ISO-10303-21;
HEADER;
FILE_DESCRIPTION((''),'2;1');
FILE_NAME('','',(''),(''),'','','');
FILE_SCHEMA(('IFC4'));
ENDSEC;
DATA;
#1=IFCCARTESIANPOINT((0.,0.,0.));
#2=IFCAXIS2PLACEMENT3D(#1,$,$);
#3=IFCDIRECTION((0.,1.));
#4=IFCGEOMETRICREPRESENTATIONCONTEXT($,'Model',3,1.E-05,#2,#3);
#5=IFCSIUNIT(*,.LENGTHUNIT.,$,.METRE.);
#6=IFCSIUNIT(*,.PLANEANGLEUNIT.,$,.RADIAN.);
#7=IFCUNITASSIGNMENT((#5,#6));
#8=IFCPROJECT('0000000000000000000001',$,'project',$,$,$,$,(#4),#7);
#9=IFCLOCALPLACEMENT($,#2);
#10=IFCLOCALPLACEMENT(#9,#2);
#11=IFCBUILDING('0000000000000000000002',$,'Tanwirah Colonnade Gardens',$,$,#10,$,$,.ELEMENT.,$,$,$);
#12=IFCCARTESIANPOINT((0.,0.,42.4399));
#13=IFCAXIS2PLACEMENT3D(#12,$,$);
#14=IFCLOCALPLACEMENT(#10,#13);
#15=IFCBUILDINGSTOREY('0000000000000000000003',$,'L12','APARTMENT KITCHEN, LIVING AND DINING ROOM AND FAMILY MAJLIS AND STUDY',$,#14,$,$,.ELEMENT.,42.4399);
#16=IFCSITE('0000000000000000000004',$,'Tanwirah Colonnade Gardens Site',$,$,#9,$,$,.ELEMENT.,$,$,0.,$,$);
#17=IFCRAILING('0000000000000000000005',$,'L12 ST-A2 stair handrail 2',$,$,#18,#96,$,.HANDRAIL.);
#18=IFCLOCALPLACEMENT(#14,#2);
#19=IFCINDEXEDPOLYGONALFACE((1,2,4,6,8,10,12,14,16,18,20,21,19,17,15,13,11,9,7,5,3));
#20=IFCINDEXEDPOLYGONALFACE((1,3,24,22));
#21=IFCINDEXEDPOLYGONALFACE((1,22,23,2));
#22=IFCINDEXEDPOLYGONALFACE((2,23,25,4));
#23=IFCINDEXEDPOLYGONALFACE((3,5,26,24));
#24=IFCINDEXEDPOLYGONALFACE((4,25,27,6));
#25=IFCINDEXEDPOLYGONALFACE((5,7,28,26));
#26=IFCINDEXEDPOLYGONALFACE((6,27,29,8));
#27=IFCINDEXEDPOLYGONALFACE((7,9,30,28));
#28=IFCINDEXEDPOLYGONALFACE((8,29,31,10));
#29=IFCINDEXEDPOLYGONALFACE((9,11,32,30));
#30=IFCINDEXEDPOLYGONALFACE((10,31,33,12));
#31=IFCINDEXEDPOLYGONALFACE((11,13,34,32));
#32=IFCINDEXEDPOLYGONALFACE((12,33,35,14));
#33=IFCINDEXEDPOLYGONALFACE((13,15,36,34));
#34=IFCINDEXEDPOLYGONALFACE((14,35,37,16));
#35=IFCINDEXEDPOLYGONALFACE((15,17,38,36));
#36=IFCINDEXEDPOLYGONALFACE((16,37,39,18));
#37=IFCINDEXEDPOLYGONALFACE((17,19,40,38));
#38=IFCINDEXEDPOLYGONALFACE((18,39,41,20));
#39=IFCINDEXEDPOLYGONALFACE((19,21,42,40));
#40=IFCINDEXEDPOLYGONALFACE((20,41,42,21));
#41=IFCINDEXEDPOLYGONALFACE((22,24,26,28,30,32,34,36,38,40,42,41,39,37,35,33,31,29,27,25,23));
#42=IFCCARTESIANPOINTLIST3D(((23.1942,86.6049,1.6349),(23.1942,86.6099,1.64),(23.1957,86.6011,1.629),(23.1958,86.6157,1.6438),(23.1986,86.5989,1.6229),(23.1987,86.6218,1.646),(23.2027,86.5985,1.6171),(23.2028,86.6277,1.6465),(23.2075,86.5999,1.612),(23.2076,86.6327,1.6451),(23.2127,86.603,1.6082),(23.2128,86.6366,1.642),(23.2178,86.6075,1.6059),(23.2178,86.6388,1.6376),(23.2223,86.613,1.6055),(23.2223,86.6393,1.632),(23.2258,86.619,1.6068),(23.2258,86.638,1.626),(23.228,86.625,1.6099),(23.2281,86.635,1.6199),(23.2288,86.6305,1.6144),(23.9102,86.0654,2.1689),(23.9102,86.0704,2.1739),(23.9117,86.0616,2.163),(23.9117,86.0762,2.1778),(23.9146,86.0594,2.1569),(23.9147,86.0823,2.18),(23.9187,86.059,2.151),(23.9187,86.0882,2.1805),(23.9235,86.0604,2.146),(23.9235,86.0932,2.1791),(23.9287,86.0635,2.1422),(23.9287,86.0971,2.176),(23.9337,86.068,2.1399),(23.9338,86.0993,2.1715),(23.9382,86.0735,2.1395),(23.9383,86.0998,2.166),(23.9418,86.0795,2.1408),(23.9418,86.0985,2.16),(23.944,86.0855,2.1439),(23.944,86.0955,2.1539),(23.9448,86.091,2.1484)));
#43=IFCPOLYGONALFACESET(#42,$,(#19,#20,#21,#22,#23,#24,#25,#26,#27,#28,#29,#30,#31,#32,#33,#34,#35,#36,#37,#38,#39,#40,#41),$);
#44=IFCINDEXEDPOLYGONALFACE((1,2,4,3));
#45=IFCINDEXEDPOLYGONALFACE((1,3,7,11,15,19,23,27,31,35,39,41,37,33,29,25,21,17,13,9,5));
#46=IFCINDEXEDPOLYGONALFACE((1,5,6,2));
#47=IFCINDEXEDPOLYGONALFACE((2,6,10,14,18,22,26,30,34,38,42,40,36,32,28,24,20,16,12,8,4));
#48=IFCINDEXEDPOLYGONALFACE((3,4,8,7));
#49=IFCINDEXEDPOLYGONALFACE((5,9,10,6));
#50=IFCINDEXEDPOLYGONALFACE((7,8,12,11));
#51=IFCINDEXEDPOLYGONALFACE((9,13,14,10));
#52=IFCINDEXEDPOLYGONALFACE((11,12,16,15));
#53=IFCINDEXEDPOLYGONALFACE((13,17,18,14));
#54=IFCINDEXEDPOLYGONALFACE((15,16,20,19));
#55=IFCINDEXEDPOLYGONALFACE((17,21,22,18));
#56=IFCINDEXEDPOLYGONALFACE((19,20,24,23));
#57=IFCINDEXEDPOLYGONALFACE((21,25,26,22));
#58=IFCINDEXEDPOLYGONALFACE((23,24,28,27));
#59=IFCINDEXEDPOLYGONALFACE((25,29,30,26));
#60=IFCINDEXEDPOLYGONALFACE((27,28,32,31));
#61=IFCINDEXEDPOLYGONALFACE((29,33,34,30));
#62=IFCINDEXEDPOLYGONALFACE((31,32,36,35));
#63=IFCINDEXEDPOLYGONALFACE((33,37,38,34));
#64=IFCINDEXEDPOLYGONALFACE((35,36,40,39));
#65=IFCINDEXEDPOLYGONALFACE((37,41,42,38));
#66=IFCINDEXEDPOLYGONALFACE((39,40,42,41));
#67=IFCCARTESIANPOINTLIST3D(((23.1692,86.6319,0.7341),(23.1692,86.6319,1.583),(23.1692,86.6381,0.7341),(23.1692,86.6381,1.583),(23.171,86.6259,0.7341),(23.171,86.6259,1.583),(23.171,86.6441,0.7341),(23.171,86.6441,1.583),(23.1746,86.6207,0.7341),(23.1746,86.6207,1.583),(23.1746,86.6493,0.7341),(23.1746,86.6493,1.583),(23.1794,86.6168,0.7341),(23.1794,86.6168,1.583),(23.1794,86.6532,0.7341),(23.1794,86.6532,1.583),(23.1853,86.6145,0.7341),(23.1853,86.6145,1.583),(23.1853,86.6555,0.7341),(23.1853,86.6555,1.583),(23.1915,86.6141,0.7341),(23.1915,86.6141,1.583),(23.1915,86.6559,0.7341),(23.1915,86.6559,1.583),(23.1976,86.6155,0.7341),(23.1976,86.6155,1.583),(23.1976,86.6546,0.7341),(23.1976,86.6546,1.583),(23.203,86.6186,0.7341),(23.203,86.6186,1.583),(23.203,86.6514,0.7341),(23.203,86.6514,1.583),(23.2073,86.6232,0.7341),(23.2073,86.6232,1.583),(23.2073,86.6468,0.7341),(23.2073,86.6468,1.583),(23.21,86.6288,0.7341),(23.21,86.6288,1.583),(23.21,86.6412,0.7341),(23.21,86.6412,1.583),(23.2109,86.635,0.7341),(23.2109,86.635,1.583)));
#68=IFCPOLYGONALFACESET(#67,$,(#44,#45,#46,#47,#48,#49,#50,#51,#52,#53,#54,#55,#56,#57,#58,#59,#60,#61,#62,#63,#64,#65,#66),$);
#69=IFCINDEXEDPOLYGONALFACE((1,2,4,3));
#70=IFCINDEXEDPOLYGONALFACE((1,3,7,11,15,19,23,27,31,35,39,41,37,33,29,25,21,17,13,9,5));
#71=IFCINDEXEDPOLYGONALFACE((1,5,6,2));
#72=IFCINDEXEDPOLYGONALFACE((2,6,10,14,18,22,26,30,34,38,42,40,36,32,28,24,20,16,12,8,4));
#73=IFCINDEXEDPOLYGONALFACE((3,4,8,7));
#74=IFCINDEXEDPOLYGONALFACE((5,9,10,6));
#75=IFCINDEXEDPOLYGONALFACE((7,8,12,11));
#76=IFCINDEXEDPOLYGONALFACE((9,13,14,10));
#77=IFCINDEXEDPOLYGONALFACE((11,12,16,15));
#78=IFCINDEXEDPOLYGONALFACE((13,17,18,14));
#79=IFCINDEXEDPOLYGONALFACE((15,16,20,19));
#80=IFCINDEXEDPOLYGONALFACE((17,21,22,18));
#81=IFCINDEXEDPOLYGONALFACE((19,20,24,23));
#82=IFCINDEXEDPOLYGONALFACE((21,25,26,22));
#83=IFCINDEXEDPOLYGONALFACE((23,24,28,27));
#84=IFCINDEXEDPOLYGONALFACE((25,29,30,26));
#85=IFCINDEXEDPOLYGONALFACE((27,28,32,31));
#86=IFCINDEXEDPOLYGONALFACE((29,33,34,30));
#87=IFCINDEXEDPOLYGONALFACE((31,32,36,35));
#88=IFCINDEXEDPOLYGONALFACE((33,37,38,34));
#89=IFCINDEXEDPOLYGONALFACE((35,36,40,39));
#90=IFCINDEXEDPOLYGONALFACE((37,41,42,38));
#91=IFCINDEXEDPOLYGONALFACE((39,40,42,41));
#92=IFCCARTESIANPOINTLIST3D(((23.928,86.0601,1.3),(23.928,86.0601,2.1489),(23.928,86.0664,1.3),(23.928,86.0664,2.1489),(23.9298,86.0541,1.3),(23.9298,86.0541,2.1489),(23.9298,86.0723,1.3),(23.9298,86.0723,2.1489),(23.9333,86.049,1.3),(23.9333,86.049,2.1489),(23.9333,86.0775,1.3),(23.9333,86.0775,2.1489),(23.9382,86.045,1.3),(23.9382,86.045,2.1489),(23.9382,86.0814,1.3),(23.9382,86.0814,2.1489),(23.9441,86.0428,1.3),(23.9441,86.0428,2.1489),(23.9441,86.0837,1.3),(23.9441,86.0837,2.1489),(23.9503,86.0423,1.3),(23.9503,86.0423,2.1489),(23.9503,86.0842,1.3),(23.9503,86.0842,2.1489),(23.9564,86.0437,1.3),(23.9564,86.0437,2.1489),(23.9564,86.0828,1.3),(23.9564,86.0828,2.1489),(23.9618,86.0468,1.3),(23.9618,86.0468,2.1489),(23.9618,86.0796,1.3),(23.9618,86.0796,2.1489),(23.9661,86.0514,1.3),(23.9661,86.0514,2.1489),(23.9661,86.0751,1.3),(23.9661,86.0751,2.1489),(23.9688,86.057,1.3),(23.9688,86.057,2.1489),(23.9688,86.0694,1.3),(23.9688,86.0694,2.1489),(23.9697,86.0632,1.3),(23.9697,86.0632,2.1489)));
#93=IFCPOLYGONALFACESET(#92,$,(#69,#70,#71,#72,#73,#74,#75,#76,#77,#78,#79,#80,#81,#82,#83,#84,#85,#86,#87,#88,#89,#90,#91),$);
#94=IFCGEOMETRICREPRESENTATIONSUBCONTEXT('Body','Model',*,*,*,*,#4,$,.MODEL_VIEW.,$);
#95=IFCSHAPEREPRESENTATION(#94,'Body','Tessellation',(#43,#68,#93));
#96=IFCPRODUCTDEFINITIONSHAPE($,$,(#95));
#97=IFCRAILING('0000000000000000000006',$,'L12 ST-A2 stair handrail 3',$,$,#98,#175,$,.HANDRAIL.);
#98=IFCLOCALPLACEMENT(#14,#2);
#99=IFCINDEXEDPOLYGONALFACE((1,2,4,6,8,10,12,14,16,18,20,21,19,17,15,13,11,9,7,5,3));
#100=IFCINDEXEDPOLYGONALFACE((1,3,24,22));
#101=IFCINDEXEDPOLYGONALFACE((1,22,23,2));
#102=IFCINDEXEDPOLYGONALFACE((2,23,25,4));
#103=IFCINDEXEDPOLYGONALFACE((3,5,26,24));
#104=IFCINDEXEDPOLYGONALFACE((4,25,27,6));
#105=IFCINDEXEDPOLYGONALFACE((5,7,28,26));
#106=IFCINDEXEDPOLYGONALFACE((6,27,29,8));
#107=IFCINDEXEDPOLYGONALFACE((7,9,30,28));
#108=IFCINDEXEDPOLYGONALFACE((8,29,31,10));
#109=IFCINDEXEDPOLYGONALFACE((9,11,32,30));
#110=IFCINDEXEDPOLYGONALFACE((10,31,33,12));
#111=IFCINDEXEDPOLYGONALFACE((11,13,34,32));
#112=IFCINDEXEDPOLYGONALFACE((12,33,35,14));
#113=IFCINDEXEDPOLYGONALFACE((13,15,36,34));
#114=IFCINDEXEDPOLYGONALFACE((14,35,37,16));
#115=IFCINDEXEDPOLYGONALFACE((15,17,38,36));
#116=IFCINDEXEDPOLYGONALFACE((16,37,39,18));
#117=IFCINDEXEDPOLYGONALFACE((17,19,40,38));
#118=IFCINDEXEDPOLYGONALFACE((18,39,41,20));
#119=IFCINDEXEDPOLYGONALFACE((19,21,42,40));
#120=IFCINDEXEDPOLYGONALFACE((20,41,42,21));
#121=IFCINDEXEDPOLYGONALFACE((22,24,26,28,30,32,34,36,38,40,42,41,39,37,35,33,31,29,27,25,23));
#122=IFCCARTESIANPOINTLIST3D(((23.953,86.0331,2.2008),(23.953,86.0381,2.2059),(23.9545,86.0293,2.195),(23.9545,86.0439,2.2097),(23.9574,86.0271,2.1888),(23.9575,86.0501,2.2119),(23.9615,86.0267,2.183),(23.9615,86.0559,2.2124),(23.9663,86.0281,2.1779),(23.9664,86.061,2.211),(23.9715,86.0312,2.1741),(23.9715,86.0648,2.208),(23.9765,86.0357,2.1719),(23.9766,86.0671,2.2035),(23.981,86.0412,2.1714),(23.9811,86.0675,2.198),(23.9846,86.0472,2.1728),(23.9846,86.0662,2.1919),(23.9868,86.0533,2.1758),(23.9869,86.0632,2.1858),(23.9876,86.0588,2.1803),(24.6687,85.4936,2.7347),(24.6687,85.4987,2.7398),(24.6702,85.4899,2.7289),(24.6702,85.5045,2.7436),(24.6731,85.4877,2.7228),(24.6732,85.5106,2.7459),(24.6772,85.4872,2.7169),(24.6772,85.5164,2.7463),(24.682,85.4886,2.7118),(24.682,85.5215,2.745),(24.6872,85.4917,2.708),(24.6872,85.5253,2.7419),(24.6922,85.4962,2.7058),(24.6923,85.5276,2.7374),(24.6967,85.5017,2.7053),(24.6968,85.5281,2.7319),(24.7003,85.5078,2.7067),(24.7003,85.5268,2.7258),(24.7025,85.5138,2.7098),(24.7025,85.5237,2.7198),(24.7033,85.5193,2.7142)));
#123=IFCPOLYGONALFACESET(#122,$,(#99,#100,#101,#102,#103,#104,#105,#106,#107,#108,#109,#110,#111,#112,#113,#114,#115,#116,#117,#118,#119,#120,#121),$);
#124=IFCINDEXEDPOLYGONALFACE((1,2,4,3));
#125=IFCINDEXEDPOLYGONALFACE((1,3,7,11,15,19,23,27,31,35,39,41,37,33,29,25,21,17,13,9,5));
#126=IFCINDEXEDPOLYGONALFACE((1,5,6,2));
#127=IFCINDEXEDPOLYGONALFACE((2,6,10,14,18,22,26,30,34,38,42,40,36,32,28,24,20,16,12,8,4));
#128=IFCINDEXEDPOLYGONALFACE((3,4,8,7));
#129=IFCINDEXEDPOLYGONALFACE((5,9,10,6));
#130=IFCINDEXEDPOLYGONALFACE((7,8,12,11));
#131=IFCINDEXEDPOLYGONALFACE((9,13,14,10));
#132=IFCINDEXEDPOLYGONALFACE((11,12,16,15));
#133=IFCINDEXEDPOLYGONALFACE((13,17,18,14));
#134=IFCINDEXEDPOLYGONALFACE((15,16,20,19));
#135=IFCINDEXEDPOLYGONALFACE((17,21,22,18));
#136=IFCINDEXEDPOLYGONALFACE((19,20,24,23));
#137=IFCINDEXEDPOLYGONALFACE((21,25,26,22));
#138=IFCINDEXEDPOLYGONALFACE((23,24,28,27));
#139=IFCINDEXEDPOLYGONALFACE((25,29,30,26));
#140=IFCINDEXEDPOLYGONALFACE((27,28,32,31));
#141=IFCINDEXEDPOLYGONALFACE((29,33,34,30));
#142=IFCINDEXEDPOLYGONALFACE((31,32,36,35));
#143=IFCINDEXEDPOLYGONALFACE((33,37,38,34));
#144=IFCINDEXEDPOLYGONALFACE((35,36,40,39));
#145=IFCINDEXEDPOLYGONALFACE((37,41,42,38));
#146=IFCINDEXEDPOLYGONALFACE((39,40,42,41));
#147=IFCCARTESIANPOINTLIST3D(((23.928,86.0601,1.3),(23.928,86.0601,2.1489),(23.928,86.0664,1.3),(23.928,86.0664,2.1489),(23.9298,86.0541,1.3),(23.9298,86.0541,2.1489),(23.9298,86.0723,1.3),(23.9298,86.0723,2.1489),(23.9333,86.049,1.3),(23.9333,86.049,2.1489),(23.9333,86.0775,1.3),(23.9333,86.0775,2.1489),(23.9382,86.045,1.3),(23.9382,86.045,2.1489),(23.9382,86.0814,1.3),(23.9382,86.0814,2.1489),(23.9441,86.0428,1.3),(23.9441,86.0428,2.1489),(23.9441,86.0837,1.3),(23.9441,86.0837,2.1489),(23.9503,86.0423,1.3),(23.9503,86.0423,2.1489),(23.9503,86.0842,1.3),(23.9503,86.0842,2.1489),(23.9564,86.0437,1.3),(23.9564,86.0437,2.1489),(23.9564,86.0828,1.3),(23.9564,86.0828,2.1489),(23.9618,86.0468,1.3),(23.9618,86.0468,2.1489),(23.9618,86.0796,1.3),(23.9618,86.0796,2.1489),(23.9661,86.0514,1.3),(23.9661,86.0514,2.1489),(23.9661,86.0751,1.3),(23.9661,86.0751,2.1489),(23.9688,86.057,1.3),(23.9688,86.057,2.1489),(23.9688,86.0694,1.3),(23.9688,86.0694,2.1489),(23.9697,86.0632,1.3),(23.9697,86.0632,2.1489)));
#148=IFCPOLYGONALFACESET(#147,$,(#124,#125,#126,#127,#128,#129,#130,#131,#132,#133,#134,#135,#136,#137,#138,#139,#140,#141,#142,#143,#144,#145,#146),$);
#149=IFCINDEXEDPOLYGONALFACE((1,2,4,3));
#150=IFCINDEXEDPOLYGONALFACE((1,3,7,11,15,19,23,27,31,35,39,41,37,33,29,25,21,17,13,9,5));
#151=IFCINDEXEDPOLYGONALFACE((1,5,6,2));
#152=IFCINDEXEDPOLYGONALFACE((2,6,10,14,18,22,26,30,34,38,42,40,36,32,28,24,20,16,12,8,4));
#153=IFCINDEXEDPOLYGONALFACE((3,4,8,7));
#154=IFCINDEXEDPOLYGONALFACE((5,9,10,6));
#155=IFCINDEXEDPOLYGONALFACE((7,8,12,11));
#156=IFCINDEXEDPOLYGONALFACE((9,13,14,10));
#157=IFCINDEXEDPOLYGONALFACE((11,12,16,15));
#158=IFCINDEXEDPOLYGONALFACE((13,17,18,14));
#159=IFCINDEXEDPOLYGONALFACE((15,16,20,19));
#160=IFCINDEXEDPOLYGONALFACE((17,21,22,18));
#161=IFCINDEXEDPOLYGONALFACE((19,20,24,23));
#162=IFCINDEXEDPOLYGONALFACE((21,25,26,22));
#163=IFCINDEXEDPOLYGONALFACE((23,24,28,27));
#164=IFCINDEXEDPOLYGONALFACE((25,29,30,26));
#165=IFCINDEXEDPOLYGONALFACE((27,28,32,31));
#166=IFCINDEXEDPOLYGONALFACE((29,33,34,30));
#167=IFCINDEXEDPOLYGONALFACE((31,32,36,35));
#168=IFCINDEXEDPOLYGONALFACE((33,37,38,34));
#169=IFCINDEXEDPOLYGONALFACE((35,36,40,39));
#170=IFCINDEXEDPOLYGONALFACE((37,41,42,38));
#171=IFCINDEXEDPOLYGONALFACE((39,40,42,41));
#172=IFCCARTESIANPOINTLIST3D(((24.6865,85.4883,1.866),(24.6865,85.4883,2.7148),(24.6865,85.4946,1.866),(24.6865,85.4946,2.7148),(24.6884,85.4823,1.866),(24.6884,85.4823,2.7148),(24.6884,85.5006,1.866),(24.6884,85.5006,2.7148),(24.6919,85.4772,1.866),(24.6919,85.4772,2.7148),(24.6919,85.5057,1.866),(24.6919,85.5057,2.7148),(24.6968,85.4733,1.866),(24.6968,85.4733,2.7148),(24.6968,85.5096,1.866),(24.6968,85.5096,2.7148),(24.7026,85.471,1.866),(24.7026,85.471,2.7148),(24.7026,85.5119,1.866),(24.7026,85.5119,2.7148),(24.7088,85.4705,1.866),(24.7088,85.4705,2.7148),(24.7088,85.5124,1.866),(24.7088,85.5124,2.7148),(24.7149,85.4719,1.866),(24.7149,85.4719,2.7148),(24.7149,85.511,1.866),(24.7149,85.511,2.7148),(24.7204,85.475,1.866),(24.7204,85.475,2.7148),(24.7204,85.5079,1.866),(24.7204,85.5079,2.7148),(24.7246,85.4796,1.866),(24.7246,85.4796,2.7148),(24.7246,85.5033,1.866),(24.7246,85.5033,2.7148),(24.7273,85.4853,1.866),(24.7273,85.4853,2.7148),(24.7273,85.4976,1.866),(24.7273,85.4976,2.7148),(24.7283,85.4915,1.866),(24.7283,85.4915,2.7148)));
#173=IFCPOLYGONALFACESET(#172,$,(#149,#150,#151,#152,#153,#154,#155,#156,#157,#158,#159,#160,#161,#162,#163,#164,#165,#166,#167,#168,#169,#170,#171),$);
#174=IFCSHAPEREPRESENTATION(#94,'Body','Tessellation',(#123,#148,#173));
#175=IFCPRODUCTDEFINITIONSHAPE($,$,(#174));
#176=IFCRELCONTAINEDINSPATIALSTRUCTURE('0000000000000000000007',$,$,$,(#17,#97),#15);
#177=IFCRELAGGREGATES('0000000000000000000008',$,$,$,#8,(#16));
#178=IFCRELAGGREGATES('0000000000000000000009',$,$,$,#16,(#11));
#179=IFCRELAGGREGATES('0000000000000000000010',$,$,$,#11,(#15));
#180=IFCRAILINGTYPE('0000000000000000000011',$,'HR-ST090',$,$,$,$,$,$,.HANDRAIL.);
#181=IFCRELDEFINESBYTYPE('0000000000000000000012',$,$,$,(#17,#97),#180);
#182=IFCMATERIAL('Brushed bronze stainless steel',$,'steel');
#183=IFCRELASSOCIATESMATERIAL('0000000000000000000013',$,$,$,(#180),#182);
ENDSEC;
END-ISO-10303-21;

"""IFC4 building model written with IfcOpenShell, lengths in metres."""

from ifc_helpers import new_model, si_unit, direction, frame, origin, origin_2d, place, context, subcontext, project, spatial, circle, extrude, material, type_object, element, save


model = new_model("IFC4")

# Units and contexts
model_context = context("Model", 3, precision=1e-05, world=origin(), true_north=direction((0.0, 1.0)))
body_context = subcontext(model_context, "Body", "Model", "MODEL_VIEW")
ifc_project = project(units=[si_unit("LENGTHUNIT", "METRE"), si_unit("PLANEANGLEUNIT", "RADIAN")], contexts=[model_context])

# Site, building, storey
site_placement = place(None, origin())
site = spatial("IfcSite", under=ifc_project, at=site_placement, Name="Tanwirah Colonnade Gardens Site", CompositionType="ELEMENT", RefElevation=0.0)
building_placement = place(site_placement, origin())
building = spatial("IfcBuilding", under=site, at=building_placement, Name="Tanwirah Colonnade Gardens", CompositionType="ELEMENT")
storey_placement = place(building_placement, frame((0.0, 0.0, 42.4399)))
storey = spatial("IfcBuildingStorey", under=building, at=storey_placement, Name="L12", Description="APARTMENT KITCHEN, LIVING AND DINING ROOM AND FAMILY MAJLIS AND STUDY", CompositionType="ELEMENT", Elevation=42.4399)

# Railings
ifc_material_1 = material(Name="Brushed bronze stainless steel", Category="steel")
railing_type_1 = type_object("IfcRailingType", Name="HR-ST090", PredefinedType="HANDRAIL", material=ifc_material_1)
railing_1_placement = place(storey_placement, frame((23.1899, 86.635, 0.7341)))
element("IfcRailing", 1, at=railing_1_placement, inside=storey, type_object=railing_type_1, Name="L12 ST-A2 stair handrail 2", PredefinedType="HANDRAIL", context=body_context, shape_type="SweptSolid", body=[
    extrude(circle(Radius=0.0239, at=origin_2d()), frame((0.0215, -0.0161, 0.8918), z_axis=(0.686145, -0.517037, 0.511739), x_axis=(0.601807, 0.798641, 0.0)), (0.0, 0.0, 1.0), 1.0435),
    extrude(circle(Radius=0.021, at=origin_2d()), origin(), (0.0, 0.0, 1.0), 0.8489),
    extrude(circle(Radius=0.021, at=origin_2d()), frame((0.7588, -0.5718, 0.5659)), (0.0, 0.0, 1.0), 0.8489),
])
railing_2_placement = place(storey_placement, frame((23.9487, 86.0632, 1.3)))
element("IfcRailing", 2, at=railing_2_placement, inside=storey, type_object=railing_type_1, Name="L12 ST-A2 stair handrail 3", PredefinedType="HANDRAIL", context=body_context, shape_type="SweptSolid", body=[
    extrude(circle(Radius=0.0239, at=origin_2d()), frame((0.0215, -0.0161, 0.8918), z_axis=(0.686028, -0.517116, 0.511817), x_axis=(0.601931, 0.798548, 0.0)), (0.0, 0.0, 1.0), 1.0432),
    extrude(circle(Radius=0.021, at=origin_2d()), origin(), (0.0, 0.0, 1.0), 0.8489),
    extrude(circle(Radius=0.021, at=origin_2d()), frame((0.7585, -0.5718, 0.5659)), (0.0, 0.0, 1.0), 0.8489),
])

save(model, "model.ifc")
